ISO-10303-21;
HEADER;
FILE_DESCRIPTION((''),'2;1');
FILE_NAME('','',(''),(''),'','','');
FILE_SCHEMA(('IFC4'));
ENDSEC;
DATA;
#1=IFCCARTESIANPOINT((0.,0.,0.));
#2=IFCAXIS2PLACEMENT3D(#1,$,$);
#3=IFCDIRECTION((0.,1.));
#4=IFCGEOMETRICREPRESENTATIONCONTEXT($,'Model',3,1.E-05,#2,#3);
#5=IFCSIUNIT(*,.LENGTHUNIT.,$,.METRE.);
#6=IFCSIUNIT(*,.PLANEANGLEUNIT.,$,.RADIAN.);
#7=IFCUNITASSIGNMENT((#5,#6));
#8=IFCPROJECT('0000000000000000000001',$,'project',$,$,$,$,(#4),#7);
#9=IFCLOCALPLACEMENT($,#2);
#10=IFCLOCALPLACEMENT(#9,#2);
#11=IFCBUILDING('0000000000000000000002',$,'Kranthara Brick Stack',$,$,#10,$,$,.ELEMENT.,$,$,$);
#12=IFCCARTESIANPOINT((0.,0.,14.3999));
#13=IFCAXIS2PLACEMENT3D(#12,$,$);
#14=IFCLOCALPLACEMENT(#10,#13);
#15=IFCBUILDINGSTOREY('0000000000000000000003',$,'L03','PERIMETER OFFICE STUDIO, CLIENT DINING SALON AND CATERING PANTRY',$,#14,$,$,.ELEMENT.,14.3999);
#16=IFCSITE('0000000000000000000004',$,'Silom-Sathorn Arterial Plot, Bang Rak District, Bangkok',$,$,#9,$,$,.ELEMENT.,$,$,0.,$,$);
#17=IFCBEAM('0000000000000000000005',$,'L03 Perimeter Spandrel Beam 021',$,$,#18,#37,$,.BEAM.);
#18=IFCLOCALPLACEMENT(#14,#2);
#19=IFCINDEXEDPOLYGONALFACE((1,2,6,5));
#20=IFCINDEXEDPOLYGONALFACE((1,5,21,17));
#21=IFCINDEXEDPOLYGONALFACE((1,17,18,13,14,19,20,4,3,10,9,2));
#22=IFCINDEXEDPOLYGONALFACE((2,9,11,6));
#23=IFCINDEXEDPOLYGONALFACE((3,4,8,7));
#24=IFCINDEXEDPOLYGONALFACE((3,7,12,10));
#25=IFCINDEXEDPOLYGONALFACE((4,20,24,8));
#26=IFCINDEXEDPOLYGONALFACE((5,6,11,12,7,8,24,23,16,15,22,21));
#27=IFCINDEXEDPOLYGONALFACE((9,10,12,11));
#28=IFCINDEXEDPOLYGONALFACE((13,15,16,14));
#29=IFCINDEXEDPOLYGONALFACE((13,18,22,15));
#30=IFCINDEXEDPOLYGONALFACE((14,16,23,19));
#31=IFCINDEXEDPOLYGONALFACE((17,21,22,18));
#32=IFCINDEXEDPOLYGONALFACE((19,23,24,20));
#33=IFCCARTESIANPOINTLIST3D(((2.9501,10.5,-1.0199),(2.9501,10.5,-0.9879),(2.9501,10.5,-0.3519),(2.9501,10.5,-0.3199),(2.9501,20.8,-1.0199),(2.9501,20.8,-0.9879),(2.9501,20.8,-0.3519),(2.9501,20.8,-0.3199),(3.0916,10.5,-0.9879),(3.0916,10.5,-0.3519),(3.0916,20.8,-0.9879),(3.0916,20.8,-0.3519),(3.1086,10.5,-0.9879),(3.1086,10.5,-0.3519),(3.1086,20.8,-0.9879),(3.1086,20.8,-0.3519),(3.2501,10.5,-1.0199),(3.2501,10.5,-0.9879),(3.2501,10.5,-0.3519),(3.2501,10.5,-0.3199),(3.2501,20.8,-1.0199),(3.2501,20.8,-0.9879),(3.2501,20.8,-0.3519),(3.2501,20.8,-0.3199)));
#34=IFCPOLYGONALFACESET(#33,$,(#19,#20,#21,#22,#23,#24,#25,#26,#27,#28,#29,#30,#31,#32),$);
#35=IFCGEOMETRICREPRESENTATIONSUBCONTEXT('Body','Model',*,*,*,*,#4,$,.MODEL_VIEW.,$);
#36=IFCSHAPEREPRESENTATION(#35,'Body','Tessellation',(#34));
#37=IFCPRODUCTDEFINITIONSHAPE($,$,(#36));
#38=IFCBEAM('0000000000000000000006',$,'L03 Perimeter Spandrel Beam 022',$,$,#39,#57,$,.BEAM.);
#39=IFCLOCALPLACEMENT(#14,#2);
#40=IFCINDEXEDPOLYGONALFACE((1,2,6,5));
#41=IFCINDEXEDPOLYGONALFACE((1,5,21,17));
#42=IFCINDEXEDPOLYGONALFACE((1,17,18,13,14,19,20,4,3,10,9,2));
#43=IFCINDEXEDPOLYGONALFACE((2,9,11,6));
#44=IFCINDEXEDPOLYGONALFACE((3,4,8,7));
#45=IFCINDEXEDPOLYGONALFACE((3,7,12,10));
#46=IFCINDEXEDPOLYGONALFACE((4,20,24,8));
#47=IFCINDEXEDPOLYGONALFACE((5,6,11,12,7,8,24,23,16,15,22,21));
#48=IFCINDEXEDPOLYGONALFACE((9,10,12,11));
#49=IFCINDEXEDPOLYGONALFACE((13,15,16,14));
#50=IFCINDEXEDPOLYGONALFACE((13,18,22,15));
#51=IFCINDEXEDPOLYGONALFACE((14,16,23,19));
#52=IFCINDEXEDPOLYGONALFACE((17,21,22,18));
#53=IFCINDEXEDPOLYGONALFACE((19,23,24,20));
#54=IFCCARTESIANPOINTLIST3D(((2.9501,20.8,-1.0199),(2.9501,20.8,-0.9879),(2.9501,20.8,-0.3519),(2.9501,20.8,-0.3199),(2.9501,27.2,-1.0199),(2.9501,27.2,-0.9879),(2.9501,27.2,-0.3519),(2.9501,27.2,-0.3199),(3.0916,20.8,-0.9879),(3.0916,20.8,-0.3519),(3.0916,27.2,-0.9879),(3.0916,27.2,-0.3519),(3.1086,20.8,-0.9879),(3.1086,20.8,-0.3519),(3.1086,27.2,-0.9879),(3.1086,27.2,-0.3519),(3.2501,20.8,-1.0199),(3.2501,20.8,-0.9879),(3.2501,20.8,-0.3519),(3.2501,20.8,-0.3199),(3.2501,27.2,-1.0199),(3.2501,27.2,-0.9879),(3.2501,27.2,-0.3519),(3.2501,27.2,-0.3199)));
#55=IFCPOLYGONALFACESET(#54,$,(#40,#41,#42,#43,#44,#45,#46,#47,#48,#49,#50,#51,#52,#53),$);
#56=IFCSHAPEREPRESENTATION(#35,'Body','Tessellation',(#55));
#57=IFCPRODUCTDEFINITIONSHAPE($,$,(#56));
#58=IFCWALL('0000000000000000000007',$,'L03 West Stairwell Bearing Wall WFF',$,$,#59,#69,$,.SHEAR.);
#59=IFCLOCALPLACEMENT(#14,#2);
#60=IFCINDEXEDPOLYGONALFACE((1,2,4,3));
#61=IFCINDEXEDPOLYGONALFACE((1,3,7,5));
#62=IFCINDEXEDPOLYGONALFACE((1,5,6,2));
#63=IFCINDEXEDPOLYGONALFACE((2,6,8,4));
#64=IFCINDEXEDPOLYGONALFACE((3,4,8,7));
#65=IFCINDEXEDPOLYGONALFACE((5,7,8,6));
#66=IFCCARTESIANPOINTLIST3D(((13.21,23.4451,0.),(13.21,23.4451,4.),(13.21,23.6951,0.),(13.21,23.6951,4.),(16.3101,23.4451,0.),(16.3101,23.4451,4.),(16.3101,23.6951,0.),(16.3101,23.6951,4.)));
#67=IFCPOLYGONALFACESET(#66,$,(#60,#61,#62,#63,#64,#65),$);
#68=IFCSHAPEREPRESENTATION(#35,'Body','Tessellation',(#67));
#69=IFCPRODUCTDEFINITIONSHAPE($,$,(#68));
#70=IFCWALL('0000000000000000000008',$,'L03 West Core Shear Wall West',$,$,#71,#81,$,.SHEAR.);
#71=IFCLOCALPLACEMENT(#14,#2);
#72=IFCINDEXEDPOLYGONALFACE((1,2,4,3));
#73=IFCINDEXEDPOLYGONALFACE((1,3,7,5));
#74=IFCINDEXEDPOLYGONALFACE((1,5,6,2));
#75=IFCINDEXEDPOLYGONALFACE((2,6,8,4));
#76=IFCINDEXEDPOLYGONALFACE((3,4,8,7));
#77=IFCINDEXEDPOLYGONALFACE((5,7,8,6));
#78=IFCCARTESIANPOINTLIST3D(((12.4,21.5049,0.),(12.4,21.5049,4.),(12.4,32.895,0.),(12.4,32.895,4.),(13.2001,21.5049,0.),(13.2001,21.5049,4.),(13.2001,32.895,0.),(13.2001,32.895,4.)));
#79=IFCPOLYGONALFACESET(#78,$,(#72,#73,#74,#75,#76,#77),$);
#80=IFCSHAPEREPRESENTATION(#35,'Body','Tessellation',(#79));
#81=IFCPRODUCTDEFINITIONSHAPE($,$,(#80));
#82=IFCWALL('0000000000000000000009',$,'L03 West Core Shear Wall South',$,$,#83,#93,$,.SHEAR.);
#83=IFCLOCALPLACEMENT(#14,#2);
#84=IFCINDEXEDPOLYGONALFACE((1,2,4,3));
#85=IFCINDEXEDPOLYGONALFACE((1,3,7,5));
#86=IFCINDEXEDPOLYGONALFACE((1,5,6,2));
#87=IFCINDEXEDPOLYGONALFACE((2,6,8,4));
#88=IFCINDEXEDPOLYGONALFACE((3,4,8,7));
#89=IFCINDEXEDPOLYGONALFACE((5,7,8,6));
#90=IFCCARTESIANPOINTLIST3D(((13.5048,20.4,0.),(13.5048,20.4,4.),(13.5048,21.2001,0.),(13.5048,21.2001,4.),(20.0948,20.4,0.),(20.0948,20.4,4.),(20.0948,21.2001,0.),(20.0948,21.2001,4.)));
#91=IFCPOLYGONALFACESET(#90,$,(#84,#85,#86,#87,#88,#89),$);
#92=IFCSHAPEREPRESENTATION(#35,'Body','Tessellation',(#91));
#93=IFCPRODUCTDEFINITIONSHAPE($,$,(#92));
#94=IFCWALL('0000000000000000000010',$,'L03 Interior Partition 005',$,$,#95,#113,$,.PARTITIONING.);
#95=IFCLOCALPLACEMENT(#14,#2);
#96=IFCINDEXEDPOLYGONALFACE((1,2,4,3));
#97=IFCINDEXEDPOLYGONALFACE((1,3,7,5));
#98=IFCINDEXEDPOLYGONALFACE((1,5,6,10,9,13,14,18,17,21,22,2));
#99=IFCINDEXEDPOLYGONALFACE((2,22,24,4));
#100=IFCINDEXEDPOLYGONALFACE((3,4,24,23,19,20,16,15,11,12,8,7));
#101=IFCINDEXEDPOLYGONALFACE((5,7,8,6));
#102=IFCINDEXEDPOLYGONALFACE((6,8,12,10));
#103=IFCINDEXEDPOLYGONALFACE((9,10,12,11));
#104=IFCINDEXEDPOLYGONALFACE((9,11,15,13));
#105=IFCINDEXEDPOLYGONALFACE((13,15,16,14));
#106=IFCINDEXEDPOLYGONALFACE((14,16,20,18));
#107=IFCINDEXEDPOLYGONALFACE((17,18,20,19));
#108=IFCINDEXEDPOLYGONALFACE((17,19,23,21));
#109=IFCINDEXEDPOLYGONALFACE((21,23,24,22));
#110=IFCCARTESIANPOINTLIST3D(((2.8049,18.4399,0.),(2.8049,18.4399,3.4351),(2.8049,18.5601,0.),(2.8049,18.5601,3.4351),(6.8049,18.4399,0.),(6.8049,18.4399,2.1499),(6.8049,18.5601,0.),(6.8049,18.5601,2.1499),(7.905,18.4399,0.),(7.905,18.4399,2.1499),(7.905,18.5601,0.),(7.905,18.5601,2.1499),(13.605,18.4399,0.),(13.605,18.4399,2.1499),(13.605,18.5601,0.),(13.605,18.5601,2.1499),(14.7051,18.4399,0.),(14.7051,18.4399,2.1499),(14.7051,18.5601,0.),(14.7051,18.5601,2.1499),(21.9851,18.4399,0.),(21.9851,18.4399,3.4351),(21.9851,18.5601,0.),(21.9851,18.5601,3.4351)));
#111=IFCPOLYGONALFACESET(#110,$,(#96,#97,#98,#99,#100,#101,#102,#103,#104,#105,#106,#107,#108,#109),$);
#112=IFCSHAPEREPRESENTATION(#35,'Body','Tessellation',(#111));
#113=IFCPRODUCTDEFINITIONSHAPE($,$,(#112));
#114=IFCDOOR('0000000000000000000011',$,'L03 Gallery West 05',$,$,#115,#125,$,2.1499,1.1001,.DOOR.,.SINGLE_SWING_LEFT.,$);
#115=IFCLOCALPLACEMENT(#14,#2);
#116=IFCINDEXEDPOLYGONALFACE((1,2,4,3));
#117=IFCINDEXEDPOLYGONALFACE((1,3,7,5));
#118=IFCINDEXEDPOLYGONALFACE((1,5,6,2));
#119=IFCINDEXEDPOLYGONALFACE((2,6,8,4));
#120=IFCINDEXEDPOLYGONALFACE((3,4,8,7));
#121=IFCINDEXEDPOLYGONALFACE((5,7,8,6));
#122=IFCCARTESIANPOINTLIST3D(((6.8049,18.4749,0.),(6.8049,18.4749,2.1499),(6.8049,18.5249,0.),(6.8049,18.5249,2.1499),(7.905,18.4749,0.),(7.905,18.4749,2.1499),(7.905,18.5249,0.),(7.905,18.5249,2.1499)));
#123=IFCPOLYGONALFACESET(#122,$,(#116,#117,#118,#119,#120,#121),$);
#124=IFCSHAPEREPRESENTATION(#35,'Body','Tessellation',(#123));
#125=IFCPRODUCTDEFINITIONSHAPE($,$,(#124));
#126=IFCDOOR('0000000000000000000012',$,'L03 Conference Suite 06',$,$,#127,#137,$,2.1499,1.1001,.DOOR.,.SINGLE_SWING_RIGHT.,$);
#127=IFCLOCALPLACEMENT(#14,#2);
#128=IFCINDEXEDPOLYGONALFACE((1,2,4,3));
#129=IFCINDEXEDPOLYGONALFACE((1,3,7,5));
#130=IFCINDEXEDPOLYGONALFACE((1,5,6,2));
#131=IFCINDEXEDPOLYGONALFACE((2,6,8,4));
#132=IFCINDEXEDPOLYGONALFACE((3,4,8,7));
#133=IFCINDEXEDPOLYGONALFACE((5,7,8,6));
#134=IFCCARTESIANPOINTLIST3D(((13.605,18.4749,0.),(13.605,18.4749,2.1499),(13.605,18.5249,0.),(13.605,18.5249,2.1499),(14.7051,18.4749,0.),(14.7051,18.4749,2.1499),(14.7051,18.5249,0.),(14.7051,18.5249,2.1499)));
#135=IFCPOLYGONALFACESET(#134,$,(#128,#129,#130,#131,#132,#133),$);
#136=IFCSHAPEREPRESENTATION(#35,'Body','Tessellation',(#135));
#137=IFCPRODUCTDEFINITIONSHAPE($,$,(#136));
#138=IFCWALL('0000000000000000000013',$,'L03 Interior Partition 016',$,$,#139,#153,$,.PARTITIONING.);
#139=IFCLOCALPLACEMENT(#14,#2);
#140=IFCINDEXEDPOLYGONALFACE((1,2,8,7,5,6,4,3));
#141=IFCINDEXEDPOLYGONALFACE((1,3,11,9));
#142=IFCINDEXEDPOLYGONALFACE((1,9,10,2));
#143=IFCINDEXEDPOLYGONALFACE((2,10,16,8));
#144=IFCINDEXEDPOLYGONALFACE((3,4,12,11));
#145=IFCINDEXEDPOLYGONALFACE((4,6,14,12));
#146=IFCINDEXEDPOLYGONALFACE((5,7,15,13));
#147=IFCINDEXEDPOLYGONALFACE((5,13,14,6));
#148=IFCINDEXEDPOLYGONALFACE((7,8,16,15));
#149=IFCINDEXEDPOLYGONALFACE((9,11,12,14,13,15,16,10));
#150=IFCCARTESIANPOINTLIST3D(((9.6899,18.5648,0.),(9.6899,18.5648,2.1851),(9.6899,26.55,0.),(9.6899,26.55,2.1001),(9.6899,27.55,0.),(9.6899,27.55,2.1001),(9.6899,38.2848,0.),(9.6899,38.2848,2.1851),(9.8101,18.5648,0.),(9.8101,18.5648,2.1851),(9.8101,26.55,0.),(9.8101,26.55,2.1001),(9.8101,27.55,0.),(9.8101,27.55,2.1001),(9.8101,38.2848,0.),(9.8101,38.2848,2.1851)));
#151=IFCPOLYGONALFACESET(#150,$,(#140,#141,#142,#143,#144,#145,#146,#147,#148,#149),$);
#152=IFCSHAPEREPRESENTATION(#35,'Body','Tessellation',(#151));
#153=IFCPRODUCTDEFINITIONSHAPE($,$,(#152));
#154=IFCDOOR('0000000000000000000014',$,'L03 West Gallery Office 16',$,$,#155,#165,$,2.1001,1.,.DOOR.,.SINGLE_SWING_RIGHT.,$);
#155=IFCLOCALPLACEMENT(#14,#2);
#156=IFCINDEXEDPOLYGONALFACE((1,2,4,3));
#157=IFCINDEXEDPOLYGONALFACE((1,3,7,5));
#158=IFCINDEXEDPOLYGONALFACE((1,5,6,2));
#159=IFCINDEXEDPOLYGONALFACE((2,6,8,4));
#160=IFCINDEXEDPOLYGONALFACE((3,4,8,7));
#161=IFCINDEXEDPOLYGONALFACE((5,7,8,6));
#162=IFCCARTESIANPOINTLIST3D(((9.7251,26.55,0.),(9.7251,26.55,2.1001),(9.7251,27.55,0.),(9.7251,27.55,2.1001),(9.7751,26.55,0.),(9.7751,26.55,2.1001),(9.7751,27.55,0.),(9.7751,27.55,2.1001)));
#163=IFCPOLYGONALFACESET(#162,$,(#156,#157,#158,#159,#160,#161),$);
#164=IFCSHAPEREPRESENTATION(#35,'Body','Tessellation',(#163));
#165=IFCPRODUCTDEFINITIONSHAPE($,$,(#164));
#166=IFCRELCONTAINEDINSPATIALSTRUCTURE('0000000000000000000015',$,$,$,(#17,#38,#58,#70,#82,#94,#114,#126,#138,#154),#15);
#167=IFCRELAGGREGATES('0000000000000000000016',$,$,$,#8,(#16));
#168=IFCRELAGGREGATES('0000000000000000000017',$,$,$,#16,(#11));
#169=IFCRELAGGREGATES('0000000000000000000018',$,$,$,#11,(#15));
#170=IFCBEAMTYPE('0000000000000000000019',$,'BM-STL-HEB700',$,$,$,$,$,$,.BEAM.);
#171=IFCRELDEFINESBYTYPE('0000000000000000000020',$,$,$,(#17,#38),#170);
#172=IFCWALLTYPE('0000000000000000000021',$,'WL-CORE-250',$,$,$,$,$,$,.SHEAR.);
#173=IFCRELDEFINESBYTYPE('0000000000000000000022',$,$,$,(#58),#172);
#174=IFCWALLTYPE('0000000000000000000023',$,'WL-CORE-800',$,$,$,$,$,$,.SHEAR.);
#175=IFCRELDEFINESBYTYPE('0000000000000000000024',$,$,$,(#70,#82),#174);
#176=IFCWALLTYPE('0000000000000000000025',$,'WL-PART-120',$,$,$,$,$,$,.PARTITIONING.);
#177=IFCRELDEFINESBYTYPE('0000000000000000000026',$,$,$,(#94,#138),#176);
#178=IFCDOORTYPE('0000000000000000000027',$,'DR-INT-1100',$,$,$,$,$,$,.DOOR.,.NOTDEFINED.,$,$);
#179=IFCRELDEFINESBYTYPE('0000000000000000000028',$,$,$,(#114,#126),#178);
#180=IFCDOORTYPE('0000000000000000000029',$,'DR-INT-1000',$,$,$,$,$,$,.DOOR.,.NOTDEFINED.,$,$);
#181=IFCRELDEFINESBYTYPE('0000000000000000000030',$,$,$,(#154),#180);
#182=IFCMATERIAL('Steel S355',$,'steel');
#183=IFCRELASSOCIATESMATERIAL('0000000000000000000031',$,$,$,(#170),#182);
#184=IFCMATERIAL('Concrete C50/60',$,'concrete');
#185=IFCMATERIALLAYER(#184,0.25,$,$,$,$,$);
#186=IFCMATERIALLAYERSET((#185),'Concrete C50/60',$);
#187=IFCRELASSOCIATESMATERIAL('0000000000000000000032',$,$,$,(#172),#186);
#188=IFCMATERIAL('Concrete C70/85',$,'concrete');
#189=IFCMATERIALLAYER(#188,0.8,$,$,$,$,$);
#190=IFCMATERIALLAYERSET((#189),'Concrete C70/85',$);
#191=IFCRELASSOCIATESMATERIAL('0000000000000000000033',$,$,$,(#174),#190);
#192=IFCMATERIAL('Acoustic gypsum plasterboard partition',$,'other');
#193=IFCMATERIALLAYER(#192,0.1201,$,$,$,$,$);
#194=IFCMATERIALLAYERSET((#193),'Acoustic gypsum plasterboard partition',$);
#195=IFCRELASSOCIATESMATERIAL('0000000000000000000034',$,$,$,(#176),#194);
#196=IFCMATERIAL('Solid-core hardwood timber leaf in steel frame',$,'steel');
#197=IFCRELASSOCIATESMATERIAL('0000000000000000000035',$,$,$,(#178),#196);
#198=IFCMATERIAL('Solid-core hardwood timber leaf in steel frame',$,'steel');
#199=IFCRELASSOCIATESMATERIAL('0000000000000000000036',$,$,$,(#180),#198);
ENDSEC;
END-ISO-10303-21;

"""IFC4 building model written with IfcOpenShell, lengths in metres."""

from ifc_helpers import new_model, si_unit, direction, frame, frame_2d, origin, origin_2d, place, context, subcontext, project, spatial, rectangle, i_section, extrude, material, layer, layer_set, material_profile, profile_set, type_object, element, fill, save


model = new_model("IFC4")

# Units and contexts
model_context = context("Model", 3, precision=1e-05, world=origin(), true_north=direction((0.0, 1.0)))
body_context = subcontext(model_context, "Body", "Model", "MODEL_VIEW")
ifc_project = project(units=[si_unit("LENGTHUNIT", "METRE"), si_unit("PLANEANGLEUNIT", "RADIAN")], contexts=[model_context])

# Site, building, storey
site_placement = place(None, origin())
site = spatial("IfcSite", under=ifc_project, at=site_placement, Name="Silom-Sathorn Arterial Plot, Bang Rak District, Bangkok", CompositionType="ELEMENT", RefElevation=0.0)
building_placement = place(site_placement, origin())
building = spatial("IfcBuilding", under=site, at=building_placement, Name="Kranthara Brick Stack", CompositionType="ELEMENT")
storey_placement = place(building_placement, frame((0.0, 0.0, 14.3999)))
storey = spatial("IfcBuildingStorey", under=building, at=storey_placement, Name="L03", Description="PERIMETER OFFICE STUDIO, CLIENT DINING SALON AND CATERING PANTRY", CompositionType="ELEMENT", Elevation=14.3999)

# Beams
ifc_material_1 = material(Name="Steel S355", Category="steel")
ifc_material_profile_1 = material_profile(ifc_material_1, i_section(OverallWidth=0.3, OverallDepth=0.7, WebThickness=0.0171, FlangeThickness=0.032, at=origin_2d()), Name="HEB 700")
ifc_profile_set_1 = profile_set([ifc_material_profile_1], Name="Steel S355")
beam_type_1 = type_object("IfcBeamType", Name="BM-STL-HEB700", PredefinedType="BEAM", material=ifc_profile_set_1)
beam_1_placement = place(storey_placement, frame((3.1001, 10.5, -0.6699), z_axis=(0.0, 1.0, 0.0), x_axis=(-1.0, 0.0, 0.0)))
element("IfcBeam", 1, at=beam_1_placement, inside=storey, type_object=beam_type_1, Name="L03 Perimeter Spandrel Beam 021", PredefinedType="BEAM", context=body_context, shape_type="SweptSolid", body=[
    extrude(i_section(OverallWidth=0.3, OverallDepth=0.7, WebThickness=0.0171, FlangeThickness=0.032, at=origin_2d()), origin(), (0.0, 0.0, 1.0), 10.3),
])
beam_2_placement = place(storey_placement, frame((3.1001, 20.8, -0.6699), z_axis=(0.0, 1.0, 0.0), x_axis=(-1.0, 0.0, 0.0)))
element("IfcBeam", 2, at=beam_2_placement, inside=storey, type_object=beam_type_1, Name="L03 Perimeter Spandrel Beam 022", PredefinedType="BEAM", context=body_context, shape_type="SweptSolid", body=[
    extrude(i_section(OverallWidth=0.3, OverallDepth=0.7, WebThickness=0.0171, FlangeThickness=0.032, at=origin_2d()), origin(), (0.0, 0.0, 1.0), 6.3999),
])

# Walls
ifc_material_2 = material(Name="Concrete C50/60", Category="concrete")
ifc_layer_1 = layer(ifc_material_2, 0.25)
ifc_layer_set_1 = layer_set([ifc_layer_1], Name="Concrete C50/60")
wall_type_1 = type_object("IfcWallType", Name="WL-CORE-250", PredefinedType="SHEAR", material=ifc_layer_set_1)
wall_1_placement = place(storey_placement, frame((13.21, 23.5701, 0.0), z_axis=(0.0, 0.0, 1.0), x_axis=(1.0, 0.0, 0.0)))
element("IfcWall", 3, at=wall_1_placement, inside=storey, type_object=wall_type_1, Name="L03 West Stairwell Bearing Wall WFF", PredefinedType="SHEAR", context=body_context, shape_type="SweptSolid", body=[
    extrude(rectangle(XDim=3.1001, YDim=0.25, at=frame_2d((1.55, 0.0))), origin(), (0.0, 0.0, 1.0), 4.0),
])
ifc_material_3 = material(Name="Concrete C70/85", Category="concrete")
ifc_layer_2 = layer(ifc_material_3, 0.8)
ifc_layer_set_2 = layer_set([ifc_layer_2], Name="Concrete C70/85")
wall_type_2 = type_object("IfcWallType", Name="WL-CORE-800", PredefinedType="SHEAR", material=ifc_layer_set_2)
wall_2_placement = place(storey_placement, frame((12.8, 21.5049, 0.0), z_axis=(0.0, 0.0, 1.0), x_axis=(0.0, 1.0, 0.0)))
element("IfcWall", 4, at=wall_2_placement, inside=storey, type_object=wall_type_2, Name="L03 West Core Shear Wall West", PredefinedType="SHEAR", context=body_context, shape_type="SweptSolid", body=[
    extrude(rectangle(XDim=11.3901, YDim=0.8, at=frame_2d((5.6951, 0.0))), origin(), (0.0, 0.0, 1.0), 4.0),
])
wall_3_placement = place(storey_placement, frame((13.5049, 20.8, 0.0), z_axis=(0.0, 0.0, 1.0), x_axis=(1.0, 0.0, 0.0)))
element("IfcWall", 5, at=wall_3_placement, inside=storey, type_object=wall_type_2, Name="L03 West Core Shear Wall South", PredefinedType="SHEAR", context=body_context, shape_type="SweptSolid", body=[
    extrude(rectangle(XDim=6.5901, YDim=0.8, at=frame_2d((3.2949, 0.0))), origin(), (0.0, 0.0, 1.0), 4.0),
])

# Wall, openings, doors
ifc_material_4 = material(Name="Acoustic gypsum plasterboard partition", Category="other")
ifc_layer_3 = layer(ifc_material_4, 0.1201)
ifc_layer_set_3 = layer_set([ifc_layer_3], Name="Acoustic gypsum plasterboard partition")
wall_type_3 = type_object("IfcWallType", Name="WL-PART-120", PredefinedType="PARTITIONING", material=ifc_layer_set_3)
wall_4_placement = place(storey_placement, frame((2.8049, 18.5, 0.0), z_axis=(0.0, 0.0, 1.0), x_axis=(1.0, 0.0, 0.0)))
wall_4 = element("IfcWall", 6, at=wall_4_placement, inside=storey, type_object=wall_type_3, Name="L03 Interior Partition 005", PredefinedType="PARTITIONING", context=body_context, shape_type="SweptSolid", body=[
    extrude(rectangle(XDim=19.1802, YDim=0.1201, at=frame_2d((9.5901, 0.0))), origin(), (0.0, 0.0, 1.0), 3.4351),
])
opening_1_placement = place(wall_4_placement, frame((4.0, 0.0, 0.0)))
opening_1 = element("IfcOpeningElement", 7, at=opening_1_placement, cuts=wall_4, PredefinedType="OPENING", context=body_context, shape_type="SweptSolid", body=[
    extrude(rectangle(XDim=1.1001, YDim=2.1499, at=frame_2d((0.55, 1.075))), frame((0.0, 0.0701, 0.0), z_axis=(0.0, -1.0, 0.0), x_axis=(1.0, 0.0, 0.0)), (0.0, 0.0, 1.0), 0.1401),
])
opening_2_placement = place(wall_4_placement, frame((10.8, 0.0, 0.0)))
opening_2 = element("IfcOpeningElement", 8, at=opening_2_placement, cuts=wall_4, PredefinedType="OPENING", context=body_context, shape_type="SweptSolid", body=[
    extrude(rectangle(XDim=1.1001, YDim=2.1499, at=frame_2d((0.55, 1.075))), frame((0.0, 0.0701, 0.0), z_axis=(0.0, -1.0, 0.0), x_axis=(1.0, 0.0, 0.0)), (0.0, 0.0, 1.0), 0.1401),
])
ifc_material_5 = material(Name="Solid-core hardwood timber leaf in steel frame", Category="steel")
door_type_1 = type_object("IfcDoorType", Name="DR-INT-1100", OperationType="NOTDEFINED", PredefinedType="DOOR", material=ifc_material_5)
door_1_placement = place(opening_1_placement, origin())
door_1 = element("IfcDoor", 9, at=door_1_placement, inside=storey, type_object=door_type_1, Name="L03 Gallery West 05", OperationType="SINGLE_SWING_LEFT", OverallHeight=2.1499, OverallWidth=1.1001, PredefinedType="DOOR", context=body_context, shape_type="SweptSolid", body=[
    extrude(rectangle(XDim=1.1001, YDim=2.1499, at=frame_2d((0.55, 1.075))), frame((0.0, 0.0249, 0.0), z_axis=(0.0, -1.0, 0.0), x_axis=(1.0, 0.0, 0.0)), (0.0, 0.0, 1.0), 0.05),
])
fill(opening_1, door_1)
door_2_placement = place(opening_2_placement, origin())
door_2 = element("IfcDoor", 10, at=door_2_placement, inside=storey, type_object=door_type_1, Name="L03 Conference Suite 06", OperationType="SINGLE_SWING_RIGHT", OverallHeight=2.1499, OverallWidth=1.1001, PredefinedType="DOOR", context=body_context, shape_type="SweptSolid", body=[
    extrude(rectangle(XDim=1.1001, YDim=2.1499, at=frame_2d((0.55, 1.075))), frame((0.0, 0.0249, 0.0), z_axis=(0.0, -1.0, 0.0), x_axis=(1.0, 0.0, 0.0)), (0.0, 0.0, 1.0), 0.05),
])
fill(opening_2, door_2)

# Wall, opening, door
wall_5_placement = place(storey_placement, frame((9.75, 18.5649, 0.0), z_axis=(0.0, 0.0, 1.0), x_axis=(0.0, 1.0, 0.0)))
wall_5 = element("IfcWall", 11, at=wall_5_placement, inside=storey, type_object=wall_type_3, Name="L03 Interior Partition 016", PredefinedType="PARTITIONING", context=body_context, shape_type="SweptSolid", body=[
    extrude(rectangle(XDim=19.72, YDim=0.1201, at=frame_2d((9.8599, 0.0))), origin(), (0.0, 0.0, 1.0), 2.1851),
])
opening_3_placement = place(wall_5_placement, frame((7.9851, 0.0, 0.0)))
opening_3 = element("IfcOpeningElement", 12, at=opening_3_placement, cuts=wall_5, PredefinedType="OPENING", context=body_context, shape_type="SweptSolid", body=[
    extrude(rectangle(XDim=1.0, YDim=2.1001, at=frame_2d((0.5, 1.05))), frame((0.0, 0.0701, 0.0), z_axis=(0.0, -1.0, 0.0), x_axis=(1.0, 0.0, 0.0)), (0.0, 0.0, 1.0), 0.1401),
])
ifc_material_6 = material(Name="Solid-core hardwood timber leaf in steel frame", Category="steel")
door_type_2 = type_object("IfcDoorType", Name="DR-INT-1000", OperationType="NOTDEFINED", PredefinedType="DOOR", material=ifc_material_6)
door_3_placement = place(opening_3_placement, origin())
door_3 = element("IfcDoor", 13, at=door_3_placement, inside=storey, type_object=door_type_2, Name="L03 West Gallery Office 16", OperationType="SINGLE_SWING_RIGHT", OverallHeight=2.1001, OverallWidth=1.0, PredefinedType="DOOR", context=body_context, shape_type="SweptSolid", body=[
    extrude(rectangle(XDim=1.0, YDim=2.1001, at=frame_2d((0.5, 1.05))), frame((0.0, 0.0249, 0.0), z_axis=(0.0, -1.0, 0.0), x_axis=(1.0, 0.0, 0.0)), (0.0, 0.0, 1.0), 0.05),
])
fill(opening_3, door_3)

save(model, "model.ifc")
